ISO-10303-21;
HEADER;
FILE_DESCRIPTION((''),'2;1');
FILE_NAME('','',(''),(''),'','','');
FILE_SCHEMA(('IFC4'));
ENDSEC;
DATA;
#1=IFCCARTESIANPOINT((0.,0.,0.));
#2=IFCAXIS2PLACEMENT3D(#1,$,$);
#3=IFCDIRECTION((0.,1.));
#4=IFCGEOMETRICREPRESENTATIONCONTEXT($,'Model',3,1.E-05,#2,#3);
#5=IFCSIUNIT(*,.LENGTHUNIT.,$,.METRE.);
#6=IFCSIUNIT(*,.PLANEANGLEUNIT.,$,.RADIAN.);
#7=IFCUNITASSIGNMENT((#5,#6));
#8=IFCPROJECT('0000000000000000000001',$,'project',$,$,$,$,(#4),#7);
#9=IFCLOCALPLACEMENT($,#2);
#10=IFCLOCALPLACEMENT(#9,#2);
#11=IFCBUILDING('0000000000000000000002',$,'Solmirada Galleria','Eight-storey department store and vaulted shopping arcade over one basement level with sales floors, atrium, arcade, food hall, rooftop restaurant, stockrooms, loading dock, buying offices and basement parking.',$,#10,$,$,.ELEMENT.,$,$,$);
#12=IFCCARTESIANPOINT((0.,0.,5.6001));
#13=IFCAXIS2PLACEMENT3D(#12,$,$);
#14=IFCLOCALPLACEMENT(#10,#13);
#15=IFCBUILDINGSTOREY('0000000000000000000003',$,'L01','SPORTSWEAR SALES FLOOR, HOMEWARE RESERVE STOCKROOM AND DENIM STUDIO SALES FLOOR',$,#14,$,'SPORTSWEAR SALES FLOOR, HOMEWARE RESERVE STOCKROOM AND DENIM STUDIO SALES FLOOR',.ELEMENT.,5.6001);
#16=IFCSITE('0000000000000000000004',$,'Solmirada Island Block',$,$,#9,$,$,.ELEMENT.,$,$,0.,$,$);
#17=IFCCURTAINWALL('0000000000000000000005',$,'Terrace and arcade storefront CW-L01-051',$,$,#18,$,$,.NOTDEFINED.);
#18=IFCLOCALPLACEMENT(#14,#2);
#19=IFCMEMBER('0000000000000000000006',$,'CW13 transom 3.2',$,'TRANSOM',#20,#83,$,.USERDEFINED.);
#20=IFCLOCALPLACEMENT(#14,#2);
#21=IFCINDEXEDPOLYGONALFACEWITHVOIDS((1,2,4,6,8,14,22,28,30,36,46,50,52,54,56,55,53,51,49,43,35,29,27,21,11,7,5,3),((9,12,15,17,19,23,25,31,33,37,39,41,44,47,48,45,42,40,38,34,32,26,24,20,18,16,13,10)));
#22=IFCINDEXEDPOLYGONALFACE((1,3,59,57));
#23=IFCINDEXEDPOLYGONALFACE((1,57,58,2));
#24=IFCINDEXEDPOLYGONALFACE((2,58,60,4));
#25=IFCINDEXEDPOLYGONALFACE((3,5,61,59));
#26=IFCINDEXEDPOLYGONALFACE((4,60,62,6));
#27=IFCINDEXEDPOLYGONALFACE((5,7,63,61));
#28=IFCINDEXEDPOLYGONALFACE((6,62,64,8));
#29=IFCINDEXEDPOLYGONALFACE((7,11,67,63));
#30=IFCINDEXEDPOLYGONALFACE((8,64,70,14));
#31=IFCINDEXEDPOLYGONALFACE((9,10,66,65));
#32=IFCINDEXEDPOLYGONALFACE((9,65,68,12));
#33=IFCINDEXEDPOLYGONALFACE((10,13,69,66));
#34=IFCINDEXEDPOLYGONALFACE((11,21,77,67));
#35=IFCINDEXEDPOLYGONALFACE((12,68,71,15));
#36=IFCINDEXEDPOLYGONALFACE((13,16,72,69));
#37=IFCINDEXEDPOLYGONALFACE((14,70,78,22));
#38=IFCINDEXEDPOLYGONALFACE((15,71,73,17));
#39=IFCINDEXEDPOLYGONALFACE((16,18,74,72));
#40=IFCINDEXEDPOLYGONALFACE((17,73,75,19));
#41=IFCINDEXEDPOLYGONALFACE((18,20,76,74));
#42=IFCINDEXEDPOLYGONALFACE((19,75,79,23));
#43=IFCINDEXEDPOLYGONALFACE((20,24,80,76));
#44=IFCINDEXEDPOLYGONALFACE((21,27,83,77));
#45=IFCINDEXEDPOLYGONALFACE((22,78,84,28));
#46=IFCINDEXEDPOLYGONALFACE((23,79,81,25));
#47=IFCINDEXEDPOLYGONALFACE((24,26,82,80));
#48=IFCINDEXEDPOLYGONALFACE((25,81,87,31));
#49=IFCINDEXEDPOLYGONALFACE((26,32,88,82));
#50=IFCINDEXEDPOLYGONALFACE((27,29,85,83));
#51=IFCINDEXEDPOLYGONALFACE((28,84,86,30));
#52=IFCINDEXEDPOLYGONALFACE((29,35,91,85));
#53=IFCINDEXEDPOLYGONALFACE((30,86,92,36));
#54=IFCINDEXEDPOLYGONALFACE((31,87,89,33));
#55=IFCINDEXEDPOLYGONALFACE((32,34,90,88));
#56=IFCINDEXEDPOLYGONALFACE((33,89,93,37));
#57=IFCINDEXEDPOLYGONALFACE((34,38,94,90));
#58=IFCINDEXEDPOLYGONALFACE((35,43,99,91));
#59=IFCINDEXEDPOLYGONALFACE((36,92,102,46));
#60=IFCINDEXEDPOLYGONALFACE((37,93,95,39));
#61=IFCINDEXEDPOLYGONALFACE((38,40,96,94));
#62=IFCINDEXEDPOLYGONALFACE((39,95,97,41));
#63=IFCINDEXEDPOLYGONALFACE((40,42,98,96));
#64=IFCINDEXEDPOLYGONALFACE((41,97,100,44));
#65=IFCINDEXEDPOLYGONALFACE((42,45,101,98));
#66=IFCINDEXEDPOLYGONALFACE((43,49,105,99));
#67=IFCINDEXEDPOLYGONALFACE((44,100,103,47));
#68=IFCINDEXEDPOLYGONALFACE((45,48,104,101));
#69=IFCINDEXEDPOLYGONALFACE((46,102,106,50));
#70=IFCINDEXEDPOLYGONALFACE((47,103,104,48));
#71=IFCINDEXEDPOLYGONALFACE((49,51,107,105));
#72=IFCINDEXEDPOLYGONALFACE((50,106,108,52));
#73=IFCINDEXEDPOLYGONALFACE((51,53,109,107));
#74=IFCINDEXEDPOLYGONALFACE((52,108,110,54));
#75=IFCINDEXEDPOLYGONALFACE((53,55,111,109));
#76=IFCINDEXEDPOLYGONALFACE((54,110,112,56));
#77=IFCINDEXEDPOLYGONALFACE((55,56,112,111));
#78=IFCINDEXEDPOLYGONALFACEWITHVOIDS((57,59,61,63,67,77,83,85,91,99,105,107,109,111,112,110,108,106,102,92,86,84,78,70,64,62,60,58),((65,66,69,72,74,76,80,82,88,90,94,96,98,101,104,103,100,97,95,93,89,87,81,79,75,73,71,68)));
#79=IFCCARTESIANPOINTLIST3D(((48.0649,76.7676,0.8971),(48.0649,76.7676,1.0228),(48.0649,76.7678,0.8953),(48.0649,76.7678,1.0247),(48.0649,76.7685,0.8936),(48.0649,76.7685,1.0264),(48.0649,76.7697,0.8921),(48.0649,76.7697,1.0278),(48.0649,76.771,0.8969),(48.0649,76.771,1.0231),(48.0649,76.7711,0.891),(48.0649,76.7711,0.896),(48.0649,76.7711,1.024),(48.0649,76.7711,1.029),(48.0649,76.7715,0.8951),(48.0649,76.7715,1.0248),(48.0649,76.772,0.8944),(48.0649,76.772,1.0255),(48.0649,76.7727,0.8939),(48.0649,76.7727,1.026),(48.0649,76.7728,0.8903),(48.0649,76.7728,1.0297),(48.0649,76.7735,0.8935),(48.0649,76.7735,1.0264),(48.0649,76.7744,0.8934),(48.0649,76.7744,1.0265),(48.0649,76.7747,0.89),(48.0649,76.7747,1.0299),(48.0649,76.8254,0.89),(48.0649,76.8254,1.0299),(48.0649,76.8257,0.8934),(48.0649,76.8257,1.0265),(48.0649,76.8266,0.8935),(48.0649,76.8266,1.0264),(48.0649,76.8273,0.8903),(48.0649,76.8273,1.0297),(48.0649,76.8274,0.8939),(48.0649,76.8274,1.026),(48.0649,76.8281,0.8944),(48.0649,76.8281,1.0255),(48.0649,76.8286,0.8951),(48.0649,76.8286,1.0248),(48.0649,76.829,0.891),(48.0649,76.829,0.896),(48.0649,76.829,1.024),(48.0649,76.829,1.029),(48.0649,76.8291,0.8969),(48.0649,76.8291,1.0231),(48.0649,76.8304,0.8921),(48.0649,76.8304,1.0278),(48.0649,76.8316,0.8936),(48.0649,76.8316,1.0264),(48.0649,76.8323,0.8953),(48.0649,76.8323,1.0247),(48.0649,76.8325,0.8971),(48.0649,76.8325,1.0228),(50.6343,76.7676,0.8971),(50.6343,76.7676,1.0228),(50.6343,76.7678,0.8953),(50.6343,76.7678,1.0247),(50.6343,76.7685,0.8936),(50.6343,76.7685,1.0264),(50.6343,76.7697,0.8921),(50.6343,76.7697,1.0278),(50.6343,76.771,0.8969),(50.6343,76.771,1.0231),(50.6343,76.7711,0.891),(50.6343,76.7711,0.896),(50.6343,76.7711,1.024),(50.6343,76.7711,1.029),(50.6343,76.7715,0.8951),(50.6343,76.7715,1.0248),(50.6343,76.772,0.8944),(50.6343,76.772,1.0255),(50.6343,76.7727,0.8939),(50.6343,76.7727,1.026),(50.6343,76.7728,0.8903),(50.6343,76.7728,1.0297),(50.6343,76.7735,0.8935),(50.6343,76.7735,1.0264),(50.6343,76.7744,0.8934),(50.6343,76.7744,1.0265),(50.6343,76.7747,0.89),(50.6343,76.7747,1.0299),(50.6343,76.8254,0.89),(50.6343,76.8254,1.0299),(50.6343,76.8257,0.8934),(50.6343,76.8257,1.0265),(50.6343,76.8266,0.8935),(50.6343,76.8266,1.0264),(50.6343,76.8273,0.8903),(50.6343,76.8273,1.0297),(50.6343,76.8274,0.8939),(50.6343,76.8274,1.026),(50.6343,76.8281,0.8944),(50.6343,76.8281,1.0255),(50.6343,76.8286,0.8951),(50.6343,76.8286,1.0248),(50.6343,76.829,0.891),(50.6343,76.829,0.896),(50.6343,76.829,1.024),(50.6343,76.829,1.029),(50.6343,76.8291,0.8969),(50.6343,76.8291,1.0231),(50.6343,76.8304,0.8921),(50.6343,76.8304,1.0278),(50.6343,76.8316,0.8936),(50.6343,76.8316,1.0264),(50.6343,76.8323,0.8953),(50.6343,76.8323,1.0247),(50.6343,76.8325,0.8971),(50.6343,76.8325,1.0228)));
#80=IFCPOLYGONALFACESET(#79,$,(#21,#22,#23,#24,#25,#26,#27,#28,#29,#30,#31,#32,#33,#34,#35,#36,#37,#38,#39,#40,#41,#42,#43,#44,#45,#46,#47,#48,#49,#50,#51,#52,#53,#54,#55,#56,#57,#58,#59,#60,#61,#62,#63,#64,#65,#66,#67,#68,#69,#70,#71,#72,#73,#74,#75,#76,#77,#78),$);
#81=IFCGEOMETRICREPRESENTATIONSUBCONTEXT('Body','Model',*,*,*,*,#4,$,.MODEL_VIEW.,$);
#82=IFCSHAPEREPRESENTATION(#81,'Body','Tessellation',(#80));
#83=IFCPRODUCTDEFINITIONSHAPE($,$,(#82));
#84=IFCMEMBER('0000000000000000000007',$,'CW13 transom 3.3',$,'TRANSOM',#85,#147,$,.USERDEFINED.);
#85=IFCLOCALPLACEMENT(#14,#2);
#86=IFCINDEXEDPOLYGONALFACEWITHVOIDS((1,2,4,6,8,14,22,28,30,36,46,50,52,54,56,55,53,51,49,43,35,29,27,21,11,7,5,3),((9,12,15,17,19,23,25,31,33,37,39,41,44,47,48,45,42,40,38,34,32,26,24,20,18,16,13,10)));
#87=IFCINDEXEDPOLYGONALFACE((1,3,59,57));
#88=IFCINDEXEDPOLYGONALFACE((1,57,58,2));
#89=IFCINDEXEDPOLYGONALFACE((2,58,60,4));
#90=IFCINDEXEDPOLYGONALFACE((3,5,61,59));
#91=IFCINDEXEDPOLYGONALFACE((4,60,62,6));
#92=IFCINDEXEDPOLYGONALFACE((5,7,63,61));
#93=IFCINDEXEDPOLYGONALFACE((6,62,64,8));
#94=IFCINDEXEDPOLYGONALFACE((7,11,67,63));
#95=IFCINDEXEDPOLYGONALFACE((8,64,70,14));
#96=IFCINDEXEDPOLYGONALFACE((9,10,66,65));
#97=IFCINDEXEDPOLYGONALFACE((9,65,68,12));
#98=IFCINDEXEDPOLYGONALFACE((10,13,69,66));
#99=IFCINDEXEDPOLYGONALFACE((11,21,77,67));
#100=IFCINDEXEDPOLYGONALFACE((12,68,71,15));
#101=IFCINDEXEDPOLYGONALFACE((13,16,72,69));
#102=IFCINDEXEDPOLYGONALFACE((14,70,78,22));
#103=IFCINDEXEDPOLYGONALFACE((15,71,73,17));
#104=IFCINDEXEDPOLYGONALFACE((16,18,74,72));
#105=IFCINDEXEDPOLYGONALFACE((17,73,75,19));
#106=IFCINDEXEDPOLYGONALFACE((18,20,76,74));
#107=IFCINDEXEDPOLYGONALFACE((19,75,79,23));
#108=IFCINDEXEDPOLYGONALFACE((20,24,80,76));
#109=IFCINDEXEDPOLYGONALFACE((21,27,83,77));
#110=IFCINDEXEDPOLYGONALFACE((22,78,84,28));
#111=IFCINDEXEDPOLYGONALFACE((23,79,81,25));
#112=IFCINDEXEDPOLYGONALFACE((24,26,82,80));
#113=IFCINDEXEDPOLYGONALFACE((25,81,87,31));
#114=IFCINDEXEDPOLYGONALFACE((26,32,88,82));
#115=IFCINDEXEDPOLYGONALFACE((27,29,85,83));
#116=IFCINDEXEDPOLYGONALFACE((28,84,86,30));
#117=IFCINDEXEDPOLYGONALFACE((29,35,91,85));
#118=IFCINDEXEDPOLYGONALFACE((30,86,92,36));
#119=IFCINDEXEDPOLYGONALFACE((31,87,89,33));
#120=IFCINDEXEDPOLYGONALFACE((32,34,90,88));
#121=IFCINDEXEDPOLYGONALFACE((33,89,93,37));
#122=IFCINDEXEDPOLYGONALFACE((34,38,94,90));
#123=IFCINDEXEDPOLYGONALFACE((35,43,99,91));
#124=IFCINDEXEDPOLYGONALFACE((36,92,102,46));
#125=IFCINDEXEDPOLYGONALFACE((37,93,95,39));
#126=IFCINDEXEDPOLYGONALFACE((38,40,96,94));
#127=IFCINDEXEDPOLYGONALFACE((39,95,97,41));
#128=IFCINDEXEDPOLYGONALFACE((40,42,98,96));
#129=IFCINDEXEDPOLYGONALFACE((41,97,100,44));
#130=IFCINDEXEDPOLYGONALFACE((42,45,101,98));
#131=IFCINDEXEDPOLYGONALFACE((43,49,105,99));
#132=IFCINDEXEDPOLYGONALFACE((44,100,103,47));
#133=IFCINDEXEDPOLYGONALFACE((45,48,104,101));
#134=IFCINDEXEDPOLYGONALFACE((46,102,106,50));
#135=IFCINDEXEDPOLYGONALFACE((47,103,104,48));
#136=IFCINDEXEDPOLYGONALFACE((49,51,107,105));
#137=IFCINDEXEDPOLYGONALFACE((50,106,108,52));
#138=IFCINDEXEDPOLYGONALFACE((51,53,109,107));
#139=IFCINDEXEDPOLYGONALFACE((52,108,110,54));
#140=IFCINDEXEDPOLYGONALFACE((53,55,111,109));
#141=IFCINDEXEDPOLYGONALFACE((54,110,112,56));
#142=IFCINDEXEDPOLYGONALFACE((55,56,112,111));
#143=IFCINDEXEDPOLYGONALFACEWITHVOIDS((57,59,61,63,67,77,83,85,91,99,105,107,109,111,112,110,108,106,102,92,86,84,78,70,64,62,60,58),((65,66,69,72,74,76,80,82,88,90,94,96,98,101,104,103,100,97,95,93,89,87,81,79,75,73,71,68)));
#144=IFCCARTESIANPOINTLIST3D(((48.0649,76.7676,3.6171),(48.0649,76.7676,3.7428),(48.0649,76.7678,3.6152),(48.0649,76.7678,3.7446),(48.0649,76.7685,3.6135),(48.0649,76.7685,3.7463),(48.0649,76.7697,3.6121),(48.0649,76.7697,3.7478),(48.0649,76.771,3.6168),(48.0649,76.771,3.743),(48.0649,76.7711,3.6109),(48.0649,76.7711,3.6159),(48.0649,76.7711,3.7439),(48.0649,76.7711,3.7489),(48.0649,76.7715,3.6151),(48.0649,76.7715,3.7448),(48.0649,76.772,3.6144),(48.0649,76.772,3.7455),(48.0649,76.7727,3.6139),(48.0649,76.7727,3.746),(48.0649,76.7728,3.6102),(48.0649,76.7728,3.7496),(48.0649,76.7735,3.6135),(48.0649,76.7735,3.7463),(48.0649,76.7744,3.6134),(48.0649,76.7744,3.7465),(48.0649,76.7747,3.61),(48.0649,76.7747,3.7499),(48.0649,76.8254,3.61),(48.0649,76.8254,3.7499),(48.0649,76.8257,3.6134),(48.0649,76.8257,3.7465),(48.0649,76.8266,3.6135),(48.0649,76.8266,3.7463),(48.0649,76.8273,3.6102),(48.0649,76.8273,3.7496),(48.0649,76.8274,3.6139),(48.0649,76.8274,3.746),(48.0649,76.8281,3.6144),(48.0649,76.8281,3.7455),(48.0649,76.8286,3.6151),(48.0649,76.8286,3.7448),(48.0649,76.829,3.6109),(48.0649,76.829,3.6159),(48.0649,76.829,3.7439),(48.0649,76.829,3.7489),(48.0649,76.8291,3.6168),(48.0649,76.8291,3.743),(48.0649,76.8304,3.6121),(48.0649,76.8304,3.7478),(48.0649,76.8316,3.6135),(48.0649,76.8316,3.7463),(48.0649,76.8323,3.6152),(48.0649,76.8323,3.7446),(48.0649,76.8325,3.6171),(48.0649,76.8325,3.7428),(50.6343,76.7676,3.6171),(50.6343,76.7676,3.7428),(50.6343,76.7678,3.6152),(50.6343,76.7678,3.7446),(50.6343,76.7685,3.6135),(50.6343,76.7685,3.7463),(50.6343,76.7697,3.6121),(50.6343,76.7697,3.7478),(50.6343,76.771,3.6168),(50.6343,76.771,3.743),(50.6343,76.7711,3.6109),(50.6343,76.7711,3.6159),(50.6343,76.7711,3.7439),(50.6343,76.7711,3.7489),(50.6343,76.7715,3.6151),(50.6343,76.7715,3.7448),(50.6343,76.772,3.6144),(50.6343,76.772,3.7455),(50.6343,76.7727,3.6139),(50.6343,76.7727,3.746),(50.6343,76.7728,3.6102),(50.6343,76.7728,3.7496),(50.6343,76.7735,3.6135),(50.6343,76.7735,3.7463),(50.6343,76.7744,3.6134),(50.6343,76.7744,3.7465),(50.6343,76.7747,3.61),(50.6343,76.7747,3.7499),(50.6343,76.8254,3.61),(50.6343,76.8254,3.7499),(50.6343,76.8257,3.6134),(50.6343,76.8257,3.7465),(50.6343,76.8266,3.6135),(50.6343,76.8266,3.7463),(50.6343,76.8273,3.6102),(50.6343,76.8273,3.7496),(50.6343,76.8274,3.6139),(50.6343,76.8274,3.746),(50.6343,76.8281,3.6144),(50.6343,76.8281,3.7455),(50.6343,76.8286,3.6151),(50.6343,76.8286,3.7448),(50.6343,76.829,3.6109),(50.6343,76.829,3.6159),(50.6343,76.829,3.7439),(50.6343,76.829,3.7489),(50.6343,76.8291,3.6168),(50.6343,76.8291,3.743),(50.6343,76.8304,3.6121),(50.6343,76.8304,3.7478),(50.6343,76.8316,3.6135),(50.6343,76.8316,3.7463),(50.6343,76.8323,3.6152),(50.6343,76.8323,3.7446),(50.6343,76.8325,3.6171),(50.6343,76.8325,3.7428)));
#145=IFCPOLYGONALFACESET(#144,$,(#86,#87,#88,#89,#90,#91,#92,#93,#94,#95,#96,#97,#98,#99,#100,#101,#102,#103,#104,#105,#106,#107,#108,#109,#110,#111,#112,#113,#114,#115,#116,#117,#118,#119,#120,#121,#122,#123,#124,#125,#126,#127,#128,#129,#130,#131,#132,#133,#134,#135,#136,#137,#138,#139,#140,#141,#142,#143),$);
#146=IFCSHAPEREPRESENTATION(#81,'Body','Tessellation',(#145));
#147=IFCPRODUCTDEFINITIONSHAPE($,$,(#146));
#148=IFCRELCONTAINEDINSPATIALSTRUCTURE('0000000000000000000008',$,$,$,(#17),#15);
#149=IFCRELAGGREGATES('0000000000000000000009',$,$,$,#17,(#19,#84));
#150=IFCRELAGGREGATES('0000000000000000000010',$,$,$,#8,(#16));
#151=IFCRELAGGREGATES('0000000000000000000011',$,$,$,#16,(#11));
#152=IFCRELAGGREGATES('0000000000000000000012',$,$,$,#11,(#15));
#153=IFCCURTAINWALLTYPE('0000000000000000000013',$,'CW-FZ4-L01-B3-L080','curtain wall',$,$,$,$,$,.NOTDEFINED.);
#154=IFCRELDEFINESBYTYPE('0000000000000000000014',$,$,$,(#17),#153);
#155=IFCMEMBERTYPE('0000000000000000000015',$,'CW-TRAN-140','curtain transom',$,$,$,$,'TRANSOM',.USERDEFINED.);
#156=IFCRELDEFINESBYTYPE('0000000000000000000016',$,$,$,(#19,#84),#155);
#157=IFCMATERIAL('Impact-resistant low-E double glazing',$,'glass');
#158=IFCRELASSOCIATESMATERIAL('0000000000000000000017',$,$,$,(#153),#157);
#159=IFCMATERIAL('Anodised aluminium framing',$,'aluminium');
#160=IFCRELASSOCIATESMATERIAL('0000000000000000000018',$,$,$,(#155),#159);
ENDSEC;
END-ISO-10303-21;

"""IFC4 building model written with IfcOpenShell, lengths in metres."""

from ifc_helpers import new_model, si_unit, direction, frame, origin, origin_2d, place, context, subcontext, project, spatial, hollow_rectangle, extrude, material, material_profile, profile_set, type_object, element, aggregate, save


model = new_model("IFC4")

# Units and contexts
model_context = context("Model", 3, precision=1e-05, world=origin(), true_north=direction((0.0, 1.0)))
body_context = subcontext(model_context, "Body", "Model", "MODEL_VIEW")
ifc_project = project(units=[si_unit("LENGTHUNIT", "METRE"), si_unit("PLANEANGLEUNIT", "RADIAN")], contexts=[model_context])

# Site, building, storey
site_placement = place(None, origin())
site = spatial("IfcSite", under=ifc_project, at=site_placement, Name="Solmirada Island Block", CompositionType="ELEMENT", RefElevation=0.0)
building_placement = place(site_placement, origin())
building = spatial("IfcBuilding", under=site, at=building_placement, Name="Solmirada Galleria", Description="Eight-storey department store and vaulted shopping arcade over one basement level with sales floors, atrium, arcade, food hall, rooftop restaurant, stockrooms, loading dock, buying offices and basement parking.", CompositionType="ELEMENT")
storey_placement = place(building_placement, frame((0.0, 0.0, 5.6001)))
storey = spatial("IfcBuildingStorey", under=building, at=storey_placement, Name="L01", Description="SPORTSWEAR SALES FLOOR, HOMEWARE RESERVE STOCKROOM AND DENIM STUDIO SALES FLOOR", LongName="SPORTSWEAR SALES FLOOR, HOMEWARE RESERVE STOCKROOM AND DENIM STUDIO SALES FLOOR", CompositionType="ELEMENT", Elevation=5.6001)

# Curtain wall
ifc_material_1 = material(Name="Impact-resistant low-E double glazing", Category="glass")
curtain_wall_type = type_object("IfcCurtainWallType", Name="CW-FZ4-L01-B3-L080", Description="curtain wall", PredefinedType="NOTDEFINED", material=ifc_material_1)
curtain_wall_1_placement = place(storey_placement, origin())
curtain_wall_1 = element("IfcCurtainWall", 1, at=curtain_wall_1_placement, inside=storey, type_object=curtain_wall_type, Name="Terrace and arcade storefront CW-L01-051", PredefinedType="NOTDEFINED")
ifc_material_2 = material(Name="Anodised aluminium framing", Category="aluminium")

# Members
ifc_material_profile_1 = material_profile(ifc_material_2, hollow_rectangle(XDim=0.0649, YDim=0.1399, WallThickness=0.0034, InnerFilletRadius=0.0034, OuterFilletRadius=0.0071, at=origin_2d()), Name="ALU-TRAN-140X65")
ifc_profile_set_1 = profile_set([ifc_material_profile_1], Name="Anodised aluminium framing")
member_type_1 = type_object("IfcMemberType", Name="CW-TRAN-140", Description="curtain transom", ElementType="TRANSOM", PredefinedType="USERDEFINED", material=ifc_profile_set_1)
member_1_placement = place(storey_placement, frame((50.6343, 76.8, 0.96), z_axis=(-1.0, 0.0, 0.0), x_axis=(0.0, -1.0, 0.0)))
member_1 = element("IfcMember", 2, at=member_1_placement, type_object=member_type_1, Name="CW13 transom 3.2", ObjectType="TRANSOM", PredefinedType="USERDEFINED", context=body_context, shape_type="SweptSolid", body=[
    extrude(hollow_rectangle(XDim=0.0649, YDim=0.1399, WallThickness=0.0034, InnerFilletRadius=0.0034, OuterFilletRadius=0.0071, at=origin_2d()), origin(), (0.0, 0.0, 1.0), 2.5693),
])
member_2_placement = place(storey_placement, frame((50.6343, 76.8, 3.6799), z_axis=(-1.0, 0.0, 0.0), x_axis=(0.0, -1.0, 0.0)))
member_2 = element("IfcMember", 3, at=member_2_placement, type_object=member_type_1, Name="CW13 transom 3.3", ObjectType="TRANSOM", PredefinedType="USERDEFINED", context=body_context, shape_type="SweptSolid", body=[
    extrude(hollow_rectangle(XDim=0.0649, YDim=0.1399, WallThickness=0.0034, InnerFilletRadius=0.0034, OuterFilletRadius=0.0071, at=origin_2d()), origin(), (0.0, 0.0, 1.0), 2.5693),
])

aggregate(curtain_wall_1, [member_1, member_2])

save(model, "model.ifc")
